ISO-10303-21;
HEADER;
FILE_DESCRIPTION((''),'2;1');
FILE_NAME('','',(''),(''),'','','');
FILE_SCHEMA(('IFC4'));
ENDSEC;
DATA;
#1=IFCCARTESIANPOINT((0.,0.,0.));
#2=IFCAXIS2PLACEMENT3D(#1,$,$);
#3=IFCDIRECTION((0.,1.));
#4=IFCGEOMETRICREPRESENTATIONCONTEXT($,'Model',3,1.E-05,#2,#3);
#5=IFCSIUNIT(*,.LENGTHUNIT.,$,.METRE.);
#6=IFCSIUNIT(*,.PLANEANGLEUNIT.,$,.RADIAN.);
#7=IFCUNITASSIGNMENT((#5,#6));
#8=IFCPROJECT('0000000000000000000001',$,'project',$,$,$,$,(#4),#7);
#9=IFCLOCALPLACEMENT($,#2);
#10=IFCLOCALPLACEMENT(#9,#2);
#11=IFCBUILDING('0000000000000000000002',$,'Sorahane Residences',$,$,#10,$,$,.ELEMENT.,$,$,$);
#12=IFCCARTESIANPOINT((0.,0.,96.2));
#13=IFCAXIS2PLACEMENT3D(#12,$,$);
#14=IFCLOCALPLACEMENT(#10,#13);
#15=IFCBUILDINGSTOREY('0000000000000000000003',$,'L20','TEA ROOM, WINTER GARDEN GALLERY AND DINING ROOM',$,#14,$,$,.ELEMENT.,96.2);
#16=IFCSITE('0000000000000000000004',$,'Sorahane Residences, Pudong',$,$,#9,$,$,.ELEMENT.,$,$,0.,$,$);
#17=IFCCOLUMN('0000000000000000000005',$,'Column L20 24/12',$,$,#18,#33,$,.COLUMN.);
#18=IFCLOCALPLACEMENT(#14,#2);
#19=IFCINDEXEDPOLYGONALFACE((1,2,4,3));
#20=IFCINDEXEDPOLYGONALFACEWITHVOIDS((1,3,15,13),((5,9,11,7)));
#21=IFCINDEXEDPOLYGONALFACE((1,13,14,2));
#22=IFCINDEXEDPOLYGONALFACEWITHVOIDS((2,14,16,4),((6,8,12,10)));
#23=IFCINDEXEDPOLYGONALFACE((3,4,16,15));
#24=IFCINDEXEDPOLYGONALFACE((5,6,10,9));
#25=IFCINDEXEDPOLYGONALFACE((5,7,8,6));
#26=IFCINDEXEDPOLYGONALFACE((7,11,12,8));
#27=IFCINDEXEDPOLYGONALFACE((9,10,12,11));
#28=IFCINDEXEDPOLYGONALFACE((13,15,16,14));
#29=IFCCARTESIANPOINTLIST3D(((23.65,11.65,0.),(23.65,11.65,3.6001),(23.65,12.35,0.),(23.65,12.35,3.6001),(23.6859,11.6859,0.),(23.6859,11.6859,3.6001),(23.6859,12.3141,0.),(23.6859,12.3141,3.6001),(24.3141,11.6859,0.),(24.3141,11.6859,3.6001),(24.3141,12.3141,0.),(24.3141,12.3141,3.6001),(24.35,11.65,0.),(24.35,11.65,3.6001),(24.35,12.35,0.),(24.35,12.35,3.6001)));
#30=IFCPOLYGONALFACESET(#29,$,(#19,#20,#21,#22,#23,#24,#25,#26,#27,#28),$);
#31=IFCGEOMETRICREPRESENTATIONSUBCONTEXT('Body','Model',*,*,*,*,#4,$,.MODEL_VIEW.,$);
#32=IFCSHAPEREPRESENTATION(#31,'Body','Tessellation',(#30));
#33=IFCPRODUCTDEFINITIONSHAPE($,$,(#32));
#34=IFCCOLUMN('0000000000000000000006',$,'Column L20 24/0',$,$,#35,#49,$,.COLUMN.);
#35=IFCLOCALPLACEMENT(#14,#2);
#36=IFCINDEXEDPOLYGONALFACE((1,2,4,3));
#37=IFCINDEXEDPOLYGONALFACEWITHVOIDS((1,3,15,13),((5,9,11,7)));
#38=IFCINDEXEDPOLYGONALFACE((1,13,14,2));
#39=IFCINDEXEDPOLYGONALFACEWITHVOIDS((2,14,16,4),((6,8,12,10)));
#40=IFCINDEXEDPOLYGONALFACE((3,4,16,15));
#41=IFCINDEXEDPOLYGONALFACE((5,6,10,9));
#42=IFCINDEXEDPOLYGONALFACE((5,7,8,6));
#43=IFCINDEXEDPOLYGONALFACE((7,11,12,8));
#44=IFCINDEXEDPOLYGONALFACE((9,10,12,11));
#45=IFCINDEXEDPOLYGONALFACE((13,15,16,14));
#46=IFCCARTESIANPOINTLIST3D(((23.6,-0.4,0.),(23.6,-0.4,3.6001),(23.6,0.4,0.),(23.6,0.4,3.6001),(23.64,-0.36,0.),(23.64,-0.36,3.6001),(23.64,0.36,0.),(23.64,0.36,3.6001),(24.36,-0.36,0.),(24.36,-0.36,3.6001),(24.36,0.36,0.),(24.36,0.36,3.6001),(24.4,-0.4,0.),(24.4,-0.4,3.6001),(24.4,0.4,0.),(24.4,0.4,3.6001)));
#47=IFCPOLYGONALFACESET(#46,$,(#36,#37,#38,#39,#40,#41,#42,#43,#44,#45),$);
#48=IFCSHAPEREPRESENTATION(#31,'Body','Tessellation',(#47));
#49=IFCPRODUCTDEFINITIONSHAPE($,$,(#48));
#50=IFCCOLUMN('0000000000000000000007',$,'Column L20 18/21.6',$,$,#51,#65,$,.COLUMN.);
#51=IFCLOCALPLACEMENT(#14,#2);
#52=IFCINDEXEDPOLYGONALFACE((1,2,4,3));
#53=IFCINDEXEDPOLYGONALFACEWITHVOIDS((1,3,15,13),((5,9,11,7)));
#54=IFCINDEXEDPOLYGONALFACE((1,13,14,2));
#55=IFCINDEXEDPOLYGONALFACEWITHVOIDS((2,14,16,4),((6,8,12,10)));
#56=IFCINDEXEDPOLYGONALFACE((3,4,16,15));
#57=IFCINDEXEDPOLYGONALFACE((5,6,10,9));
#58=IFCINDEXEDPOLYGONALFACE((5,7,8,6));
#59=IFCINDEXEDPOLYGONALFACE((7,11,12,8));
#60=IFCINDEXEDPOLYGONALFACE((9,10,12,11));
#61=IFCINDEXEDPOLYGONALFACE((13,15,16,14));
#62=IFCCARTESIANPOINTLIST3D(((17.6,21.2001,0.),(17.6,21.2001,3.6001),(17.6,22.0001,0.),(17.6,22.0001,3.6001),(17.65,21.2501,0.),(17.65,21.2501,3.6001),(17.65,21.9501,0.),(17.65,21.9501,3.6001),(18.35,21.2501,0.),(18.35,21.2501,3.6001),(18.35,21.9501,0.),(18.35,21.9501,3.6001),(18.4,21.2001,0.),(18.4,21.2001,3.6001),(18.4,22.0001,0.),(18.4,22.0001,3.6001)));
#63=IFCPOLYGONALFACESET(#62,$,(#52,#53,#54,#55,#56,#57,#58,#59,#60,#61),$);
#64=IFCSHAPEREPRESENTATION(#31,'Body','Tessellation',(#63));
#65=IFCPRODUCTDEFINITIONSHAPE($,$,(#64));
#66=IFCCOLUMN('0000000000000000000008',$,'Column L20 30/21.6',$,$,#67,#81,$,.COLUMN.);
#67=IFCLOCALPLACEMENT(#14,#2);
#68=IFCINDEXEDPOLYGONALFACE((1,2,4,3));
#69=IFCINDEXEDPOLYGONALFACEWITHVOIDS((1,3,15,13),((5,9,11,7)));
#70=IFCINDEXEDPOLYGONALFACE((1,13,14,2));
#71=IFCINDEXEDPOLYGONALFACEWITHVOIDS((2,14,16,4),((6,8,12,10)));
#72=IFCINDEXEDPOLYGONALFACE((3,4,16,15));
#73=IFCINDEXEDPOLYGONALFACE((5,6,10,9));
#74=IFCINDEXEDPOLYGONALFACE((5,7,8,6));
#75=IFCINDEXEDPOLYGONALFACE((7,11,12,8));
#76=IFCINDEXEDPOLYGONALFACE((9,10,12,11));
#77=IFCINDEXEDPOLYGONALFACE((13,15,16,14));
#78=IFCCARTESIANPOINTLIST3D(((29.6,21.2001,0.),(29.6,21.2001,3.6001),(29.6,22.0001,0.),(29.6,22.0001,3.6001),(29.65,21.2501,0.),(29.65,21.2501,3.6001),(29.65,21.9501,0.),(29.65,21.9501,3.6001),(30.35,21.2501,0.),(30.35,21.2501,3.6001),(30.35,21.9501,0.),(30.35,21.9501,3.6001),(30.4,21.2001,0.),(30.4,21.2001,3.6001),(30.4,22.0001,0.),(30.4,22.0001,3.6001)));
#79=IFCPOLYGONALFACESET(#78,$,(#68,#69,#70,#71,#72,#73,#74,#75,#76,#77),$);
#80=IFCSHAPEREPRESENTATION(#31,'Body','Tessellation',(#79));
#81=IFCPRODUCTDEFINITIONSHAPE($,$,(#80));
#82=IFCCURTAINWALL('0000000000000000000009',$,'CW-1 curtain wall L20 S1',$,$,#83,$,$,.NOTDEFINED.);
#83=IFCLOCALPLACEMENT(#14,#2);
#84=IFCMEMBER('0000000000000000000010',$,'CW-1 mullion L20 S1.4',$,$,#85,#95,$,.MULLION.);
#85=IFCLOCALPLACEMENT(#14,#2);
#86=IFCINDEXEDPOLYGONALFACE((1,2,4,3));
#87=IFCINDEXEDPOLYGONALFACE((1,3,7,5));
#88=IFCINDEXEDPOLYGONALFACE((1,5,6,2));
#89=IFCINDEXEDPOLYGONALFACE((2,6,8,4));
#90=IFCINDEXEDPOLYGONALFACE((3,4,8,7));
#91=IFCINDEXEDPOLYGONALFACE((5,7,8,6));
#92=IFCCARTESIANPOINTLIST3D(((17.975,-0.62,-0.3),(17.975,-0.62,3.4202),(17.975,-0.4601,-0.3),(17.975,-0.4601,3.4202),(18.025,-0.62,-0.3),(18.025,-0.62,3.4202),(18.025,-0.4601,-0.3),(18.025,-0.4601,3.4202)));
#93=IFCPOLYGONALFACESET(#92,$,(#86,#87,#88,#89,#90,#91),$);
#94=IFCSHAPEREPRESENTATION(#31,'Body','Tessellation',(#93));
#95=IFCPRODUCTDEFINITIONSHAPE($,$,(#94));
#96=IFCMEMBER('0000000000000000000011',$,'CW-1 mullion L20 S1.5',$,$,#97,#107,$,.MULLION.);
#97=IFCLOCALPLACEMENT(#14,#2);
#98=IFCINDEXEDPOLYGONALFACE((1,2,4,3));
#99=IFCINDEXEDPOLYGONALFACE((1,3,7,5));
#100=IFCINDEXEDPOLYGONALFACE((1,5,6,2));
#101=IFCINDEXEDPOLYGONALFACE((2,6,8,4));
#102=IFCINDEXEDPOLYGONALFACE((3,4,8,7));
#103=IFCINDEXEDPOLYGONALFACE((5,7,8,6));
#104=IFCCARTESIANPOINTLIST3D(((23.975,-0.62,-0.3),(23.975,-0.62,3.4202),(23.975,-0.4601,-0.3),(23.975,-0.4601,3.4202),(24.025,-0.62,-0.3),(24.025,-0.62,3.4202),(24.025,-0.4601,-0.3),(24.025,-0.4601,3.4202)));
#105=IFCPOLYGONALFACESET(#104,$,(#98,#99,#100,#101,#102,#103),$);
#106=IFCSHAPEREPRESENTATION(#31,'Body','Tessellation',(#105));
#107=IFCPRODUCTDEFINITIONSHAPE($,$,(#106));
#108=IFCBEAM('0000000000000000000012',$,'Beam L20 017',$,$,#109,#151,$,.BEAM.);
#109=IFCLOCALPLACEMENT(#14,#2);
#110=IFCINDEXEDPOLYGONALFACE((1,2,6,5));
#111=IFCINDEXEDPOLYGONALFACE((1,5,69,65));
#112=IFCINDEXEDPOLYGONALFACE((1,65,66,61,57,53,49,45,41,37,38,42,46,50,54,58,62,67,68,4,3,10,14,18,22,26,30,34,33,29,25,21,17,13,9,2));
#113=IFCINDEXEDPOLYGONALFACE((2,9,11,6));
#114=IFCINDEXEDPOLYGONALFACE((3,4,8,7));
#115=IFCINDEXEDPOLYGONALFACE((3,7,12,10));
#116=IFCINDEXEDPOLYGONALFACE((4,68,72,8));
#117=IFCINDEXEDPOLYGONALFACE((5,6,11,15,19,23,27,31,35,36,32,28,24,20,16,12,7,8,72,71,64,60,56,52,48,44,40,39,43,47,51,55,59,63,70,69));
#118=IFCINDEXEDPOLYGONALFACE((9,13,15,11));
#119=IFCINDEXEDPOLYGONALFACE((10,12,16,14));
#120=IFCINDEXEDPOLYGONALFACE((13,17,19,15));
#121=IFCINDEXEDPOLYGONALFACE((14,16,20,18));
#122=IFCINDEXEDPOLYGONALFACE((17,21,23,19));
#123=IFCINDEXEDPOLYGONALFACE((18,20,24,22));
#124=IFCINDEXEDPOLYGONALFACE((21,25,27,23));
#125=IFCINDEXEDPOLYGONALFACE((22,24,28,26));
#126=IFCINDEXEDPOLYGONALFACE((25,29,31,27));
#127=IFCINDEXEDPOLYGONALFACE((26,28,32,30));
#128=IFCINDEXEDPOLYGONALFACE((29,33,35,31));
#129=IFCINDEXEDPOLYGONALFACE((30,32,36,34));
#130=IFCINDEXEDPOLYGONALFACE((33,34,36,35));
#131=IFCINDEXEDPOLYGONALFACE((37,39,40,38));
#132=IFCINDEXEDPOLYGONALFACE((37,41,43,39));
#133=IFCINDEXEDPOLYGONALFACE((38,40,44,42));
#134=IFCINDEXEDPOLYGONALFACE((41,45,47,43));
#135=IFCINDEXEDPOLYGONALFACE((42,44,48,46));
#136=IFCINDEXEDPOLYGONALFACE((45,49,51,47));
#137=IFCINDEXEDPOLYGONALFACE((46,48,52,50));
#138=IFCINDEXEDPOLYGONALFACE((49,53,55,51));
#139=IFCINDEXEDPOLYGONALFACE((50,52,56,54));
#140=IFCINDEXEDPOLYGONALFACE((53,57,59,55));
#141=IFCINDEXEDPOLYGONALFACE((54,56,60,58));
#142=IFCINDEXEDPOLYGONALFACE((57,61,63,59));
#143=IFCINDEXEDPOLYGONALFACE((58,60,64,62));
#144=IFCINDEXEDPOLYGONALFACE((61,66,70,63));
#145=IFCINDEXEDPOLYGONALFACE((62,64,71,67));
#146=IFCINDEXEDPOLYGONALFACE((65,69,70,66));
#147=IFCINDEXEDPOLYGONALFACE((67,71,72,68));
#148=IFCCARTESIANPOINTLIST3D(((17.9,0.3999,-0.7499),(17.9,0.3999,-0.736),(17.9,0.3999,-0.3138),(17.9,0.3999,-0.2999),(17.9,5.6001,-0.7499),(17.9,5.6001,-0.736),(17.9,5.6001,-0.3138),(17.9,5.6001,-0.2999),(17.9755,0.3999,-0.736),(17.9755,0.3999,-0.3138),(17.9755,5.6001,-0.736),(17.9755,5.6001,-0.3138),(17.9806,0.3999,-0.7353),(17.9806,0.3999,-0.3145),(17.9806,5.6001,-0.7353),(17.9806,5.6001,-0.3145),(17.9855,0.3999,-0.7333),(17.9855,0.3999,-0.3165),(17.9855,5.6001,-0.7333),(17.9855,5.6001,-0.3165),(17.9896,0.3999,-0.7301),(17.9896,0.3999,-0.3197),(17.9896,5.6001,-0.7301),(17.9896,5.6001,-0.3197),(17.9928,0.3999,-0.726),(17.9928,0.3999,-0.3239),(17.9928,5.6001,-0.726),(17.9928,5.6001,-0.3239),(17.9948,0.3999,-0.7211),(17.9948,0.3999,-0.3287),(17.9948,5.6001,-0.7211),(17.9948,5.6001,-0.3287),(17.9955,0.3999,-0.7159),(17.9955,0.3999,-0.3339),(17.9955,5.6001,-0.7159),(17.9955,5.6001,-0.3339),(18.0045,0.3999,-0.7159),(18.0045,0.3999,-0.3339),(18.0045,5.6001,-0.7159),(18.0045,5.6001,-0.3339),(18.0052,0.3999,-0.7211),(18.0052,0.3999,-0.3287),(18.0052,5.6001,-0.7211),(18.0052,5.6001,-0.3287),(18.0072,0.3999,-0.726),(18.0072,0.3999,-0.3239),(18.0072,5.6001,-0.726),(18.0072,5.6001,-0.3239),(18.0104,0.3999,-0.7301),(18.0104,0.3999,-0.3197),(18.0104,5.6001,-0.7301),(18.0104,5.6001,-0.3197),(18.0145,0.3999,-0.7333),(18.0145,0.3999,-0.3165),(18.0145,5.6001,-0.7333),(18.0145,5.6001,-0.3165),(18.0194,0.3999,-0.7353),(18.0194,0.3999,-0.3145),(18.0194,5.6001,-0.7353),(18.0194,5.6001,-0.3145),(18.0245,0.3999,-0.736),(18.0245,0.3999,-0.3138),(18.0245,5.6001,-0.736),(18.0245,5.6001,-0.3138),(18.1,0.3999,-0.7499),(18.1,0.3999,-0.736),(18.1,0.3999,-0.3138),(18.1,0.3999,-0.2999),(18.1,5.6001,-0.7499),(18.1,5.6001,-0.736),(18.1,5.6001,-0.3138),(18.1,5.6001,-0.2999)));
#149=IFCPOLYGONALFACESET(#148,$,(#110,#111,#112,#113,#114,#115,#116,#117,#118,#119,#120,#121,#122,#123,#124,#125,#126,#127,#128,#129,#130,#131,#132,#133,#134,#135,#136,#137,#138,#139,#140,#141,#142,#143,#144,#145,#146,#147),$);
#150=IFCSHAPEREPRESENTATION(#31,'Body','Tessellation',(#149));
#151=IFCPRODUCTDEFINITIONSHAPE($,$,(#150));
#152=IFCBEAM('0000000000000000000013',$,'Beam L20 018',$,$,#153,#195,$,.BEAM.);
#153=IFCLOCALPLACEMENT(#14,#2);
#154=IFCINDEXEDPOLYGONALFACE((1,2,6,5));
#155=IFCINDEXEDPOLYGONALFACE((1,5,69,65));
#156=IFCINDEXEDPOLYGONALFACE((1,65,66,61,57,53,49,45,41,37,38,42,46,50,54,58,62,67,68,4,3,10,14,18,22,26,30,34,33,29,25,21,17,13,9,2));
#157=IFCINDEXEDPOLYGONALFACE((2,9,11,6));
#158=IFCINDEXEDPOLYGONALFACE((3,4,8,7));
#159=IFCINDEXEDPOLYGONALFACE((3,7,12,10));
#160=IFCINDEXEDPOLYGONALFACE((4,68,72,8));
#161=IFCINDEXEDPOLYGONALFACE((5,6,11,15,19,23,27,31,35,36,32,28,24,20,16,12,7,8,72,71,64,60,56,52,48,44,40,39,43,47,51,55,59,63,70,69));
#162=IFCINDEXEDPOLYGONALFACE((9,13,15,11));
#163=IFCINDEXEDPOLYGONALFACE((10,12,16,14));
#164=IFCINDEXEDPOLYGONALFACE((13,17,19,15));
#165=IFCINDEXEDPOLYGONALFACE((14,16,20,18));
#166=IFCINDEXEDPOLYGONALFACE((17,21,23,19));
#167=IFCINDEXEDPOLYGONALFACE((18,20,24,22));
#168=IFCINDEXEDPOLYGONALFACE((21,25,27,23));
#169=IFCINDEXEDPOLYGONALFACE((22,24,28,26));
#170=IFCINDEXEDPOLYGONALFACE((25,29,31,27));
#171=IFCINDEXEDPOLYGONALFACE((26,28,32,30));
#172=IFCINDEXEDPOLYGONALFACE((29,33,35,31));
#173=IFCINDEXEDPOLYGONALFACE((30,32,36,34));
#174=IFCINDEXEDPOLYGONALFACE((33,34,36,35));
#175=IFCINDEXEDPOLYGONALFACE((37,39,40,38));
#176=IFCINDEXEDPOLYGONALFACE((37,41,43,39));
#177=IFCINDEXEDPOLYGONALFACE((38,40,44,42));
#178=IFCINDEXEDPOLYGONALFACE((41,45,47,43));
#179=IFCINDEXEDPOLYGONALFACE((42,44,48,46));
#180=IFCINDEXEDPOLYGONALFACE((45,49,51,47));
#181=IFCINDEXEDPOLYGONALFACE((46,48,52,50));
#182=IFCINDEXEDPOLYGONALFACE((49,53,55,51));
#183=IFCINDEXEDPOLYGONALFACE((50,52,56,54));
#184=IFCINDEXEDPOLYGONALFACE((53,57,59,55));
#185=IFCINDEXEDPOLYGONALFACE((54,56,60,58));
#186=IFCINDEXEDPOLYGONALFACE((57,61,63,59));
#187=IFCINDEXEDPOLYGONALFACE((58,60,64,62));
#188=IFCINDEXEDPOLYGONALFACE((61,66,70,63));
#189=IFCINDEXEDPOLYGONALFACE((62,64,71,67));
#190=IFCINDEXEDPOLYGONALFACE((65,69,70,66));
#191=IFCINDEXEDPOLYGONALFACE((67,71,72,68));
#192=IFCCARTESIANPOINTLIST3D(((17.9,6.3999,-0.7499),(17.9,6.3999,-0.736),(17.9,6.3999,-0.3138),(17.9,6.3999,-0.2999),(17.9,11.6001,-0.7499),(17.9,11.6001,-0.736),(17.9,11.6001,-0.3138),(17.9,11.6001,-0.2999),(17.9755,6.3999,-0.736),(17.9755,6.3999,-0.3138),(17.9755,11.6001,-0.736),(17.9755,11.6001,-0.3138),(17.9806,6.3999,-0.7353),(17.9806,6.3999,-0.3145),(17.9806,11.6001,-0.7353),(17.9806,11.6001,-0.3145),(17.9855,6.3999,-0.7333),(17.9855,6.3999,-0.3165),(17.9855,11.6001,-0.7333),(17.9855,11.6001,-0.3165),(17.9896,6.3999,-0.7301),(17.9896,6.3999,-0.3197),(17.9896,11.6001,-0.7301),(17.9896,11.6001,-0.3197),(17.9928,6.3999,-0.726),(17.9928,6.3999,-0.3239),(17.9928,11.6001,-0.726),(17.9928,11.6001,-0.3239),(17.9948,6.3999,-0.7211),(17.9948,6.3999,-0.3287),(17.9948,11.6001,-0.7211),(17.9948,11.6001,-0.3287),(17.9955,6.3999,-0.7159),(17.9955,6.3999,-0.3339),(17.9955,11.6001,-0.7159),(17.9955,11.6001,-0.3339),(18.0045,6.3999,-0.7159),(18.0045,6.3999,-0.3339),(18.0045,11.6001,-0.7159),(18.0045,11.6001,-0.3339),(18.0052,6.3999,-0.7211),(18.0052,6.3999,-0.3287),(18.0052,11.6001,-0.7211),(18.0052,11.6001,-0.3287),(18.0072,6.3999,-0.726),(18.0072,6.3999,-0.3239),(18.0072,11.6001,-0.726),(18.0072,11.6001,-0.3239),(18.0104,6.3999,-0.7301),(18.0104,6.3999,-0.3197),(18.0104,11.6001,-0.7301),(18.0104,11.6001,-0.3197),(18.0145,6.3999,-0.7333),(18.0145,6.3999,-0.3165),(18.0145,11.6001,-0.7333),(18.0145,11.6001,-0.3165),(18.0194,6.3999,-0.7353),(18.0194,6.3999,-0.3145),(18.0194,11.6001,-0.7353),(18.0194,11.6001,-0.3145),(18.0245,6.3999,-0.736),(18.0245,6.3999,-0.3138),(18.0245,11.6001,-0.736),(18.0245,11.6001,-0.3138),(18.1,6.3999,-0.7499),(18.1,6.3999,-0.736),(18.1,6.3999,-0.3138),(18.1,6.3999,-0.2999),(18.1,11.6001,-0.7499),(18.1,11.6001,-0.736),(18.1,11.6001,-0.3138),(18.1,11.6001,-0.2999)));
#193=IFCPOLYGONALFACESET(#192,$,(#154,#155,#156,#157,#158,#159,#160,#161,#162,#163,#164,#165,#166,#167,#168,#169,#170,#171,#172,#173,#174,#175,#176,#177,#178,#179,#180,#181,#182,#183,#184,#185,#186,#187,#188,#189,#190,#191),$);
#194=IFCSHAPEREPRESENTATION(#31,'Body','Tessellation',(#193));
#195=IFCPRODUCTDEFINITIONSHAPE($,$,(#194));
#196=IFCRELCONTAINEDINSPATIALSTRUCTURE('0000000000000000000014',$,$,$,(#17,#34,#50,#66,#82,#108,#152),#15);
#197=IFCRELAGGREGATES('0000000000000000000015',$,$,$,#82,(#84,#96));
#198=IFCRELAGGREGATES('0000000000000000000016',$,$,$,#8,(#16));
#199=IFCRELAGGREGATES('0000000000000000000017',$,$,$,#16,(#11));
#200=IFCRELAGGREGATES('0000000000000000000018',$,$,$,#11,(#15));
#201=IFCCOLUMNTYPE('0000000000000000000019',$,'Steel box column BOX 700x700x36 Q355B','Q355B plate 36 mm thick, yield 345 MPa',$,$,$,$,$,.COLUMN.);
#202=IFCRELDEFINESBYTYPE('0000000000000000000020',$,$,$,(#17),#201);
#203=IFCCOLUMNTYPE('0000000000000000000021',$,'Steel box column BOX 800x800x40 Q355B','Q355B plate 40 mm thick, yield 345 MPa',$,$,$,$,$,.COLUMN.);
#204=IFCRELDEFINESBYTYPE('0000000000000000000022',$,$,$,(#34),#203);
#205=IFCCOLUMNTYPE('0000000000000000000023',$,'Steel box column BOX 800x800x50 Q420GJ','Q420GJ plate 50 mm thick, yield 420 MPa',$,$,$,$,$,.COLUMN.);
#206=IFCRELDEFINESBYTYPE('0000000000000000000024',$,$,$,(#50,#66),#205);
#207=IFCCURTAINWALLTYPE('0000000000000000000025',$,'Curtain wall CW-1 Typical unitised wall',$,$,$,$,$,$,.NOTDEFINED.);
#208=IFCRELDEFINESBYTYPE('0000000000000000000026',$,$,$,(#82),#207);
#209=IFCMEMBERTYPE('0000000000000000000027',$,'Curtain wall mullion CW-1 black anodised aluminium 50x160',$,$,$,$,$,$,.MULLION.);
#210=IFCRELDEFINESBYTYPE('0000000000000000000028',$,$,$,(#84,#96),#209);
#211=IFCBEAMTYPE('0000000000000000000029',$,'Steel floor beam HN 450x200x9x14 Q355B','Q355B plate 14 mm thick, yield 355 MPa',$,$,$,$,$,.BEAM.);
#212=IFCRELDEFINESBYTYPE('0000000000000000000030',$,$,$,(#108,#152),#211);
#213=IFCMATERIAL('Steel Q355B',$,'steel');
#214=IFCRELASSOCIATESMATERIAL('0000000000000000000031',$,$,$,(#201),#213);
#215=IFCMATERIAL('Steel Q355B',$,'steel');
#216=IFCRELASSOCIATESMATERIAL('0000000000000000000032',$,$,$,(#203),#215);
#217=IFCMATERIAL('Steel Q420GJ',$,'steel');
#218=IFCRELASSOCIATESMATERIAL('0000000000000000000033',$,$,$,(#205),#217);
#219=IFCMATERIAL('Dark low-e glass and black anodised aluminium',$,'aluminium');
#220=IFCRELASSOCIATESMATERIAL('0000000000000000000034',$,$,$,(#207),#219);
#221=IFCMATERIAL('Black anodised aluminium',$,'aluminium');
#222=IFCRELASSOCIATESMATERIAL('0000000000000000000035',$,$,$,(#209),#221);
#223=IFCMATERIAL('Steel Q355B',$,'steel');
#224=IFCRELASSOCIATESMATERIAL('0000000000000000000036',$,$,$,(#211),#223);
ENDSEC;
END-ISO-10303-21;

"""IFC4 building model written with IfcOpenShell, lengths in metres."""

from ifc_helpers import new_model, si_unit, direction, frame, origin, origin_2d, place, context, subcontext, project, spatial, rectangle, hollow_rectangle, i_section, extrude, material, material_profile, profile_set, type_object, element, aggregate, save


model = new_model("IFC4")

# Units and contexts
model_context = context("Model", 3, precision=1e-05, world=origin(), true_north=direction((0.0, 1.0)))
body_context = subcontext(model_context, "Body", "Model", "MODEL_VIEW")
ifc_project = project(units=[si_unit("LENGTHUNIT", "METRE"), si_unit("PLANEANGLEUNIT", "RADIAN")], contexts=[model_context])

# Site, building, storey
site_placement = place(None, origin())
site = spatial("IfcSite", under=ifc_project, at=site_placement, Name="Sorahane Residences, Pudong", CompositionType="ELEMENT", RefElevation=0.0)
building_placement = place(site_placement, origin())
building = spatial("IfcBuilding", under=site, at=building_placement, Name="Sorahane Residences", CompositionType="ELEMENT")
storey_placement = place(building_placement, frame((0.0, 0.0, 96.2)))
storey = spatial("IfcBuildingStorey", under=building, at=storey_placement, Name="L20", Description="TEA ROOM, WINTER GARDEN GALLERY AND DINING ROOM", CompositionType="ELEMENT", Elevation=96.2)

# Columns
ifc_material_1 = material(Name="Steel Q355B", Category="steel")
ifc_material_profile_1 = material_profile(ifc_material_1, hollow_rectangle(XDim=0.7, YDim=0.7, WallThickness=0.0359, at=origin_2d()), Name="BOX 700x700x36")
ifc_profile_set_1 = profile_set([ifc_material_profile_1], Name="Steel Q355B")
column_type_1 = type_object("IfcColumnType", Name="Steel box column BOX 700x700x36 Q355B", Description="Q355B plate 36 mm thick, yield 345 MPa", PredefinedType="COLUMN", material=ifc_profile_set_1)
column_1_placement = place(storey_placement, frame((24.0, 12.0, 0.0), z_axis=(0.0, 0.0, 1.0), x_axis=(1.0, 0.0, 0.0)))
element("IfcColumn", 1, at=column_1_placement, inside=storey, type_object=column_type_1, Name="Column L20 24/12", PredefinedType="COLUMN", context=body_context, shape_type="SweptSolid", body=[
    extrude(hollow_rectangle(XDim=0.7, YDim=0.7, WallThickness=0.0359, at=origin_2d()), origin(), (0.0, 0.0, 1.0), 3.6001),
])
ifc_material_2 = material(Name="Steel Q355B", Category="steel")
ifc_material_profile_2 = material_profile(ifc_material_2, hollow_rectangle(XDim=0.8, YDim=0.8, WallThickness=0.04, at=origin_2d()), Name="BOX 800x800x40")
ifc_profile_set_2 = profile_set([ifc_material_profile_2], Name="Steel Q355B")
column_type_2 = type_object("IfcColumnType", Name="Steel box column BOX 800x800x40 Q355B", Description="Q355B plate 40 mm thick, yield 345 MPa", PredefinedType="COLUMN", material=ifc_profile_set_2)
column_2_placement = place(storey_placement, frame((24.0, 0.0, 0.0), z_axis=(0.0, 0.0, 1.0), x_axis=(1.0, 0.0, 0.0)))
element("IfcColumn", 2, at=column_2_placement, inside=storey, type_object=column_type_2, Name="Column L20 24/0", PredefinedType="COLUMN", context=body_context, shape_type="SweptSolid", body=[
    extrude(hollow_rectangle(XDim=0.8, YDim=0.8, WallThickness=0.04, at=origin_2d()), origin(), (0.0, 0.0, 1.0), 3.6001),
])
ifc_material_3 = material(Name="Steel Q420GJ", Category="steel")
ifc_material_profile_3 = material_profile(ifc_material_3, hollow_rectangle(XDim=0.8, YDim=0.8, WallThickness=0.05, at=origin_2d()), Name="BOX 800x800x50")
ifc_profile_set_3 = profile_set([ifc_material_profile_3], Name="Steel Q420GJ")
column_type_3 = type_object("IfcColumnType", Name="Steel box column BOX 800x800x50 Q420GJ", Description="Q420GJ plate 50 mm thick, yield 420 MPa", PredefinedType="COLUMN", material=ifc_profile_set_3)
for number, where, z_axis, x_axis, name in (
    (3, (18.0, 21.6001, 0.0), (0.0, 0.0, 1.0), (1.0, 0.0, 0.0), "Column L20 18/21.6"),
    (4, (30.0, 21.6001, 0.0), (0.0, 0.0, 1.0), (1.0, 0.0, 0.0), "Column L20 30/21.6"),
):
    element("IfcColumn", number, at=place(storey_placement, frame(where, z_axis=z_axis, x_axis=x_axis)), inside=storey, type_object=column_type_3, Name=name, PredefinedType="COLUMN", context=body_context, shape_type="SweptSolid", body=[
        extrude(hollow_rectangle(XDim=0.8, YDim=0.8, WallThickness=0.05, at=origin_2d()), origin(), (0.0, 0.0, 1.0), 3.6001),
    ])

# Curtain wall, members
ifc_material_4 = material(Name="Dark low-e glass and black anodised aluminium", Category="aluminium")
curtain_wall_type = type_object("IfcCurtainWallType", Name="Curtain wall CW-1 Typical unitised wall", PredefinedType="NOTDEFINED", material=ifc_material_4)
curtain_wall_placement = place(storey_placement, origin())
curtain_wall = element("IfcCurtainWall", 5, at=curtain_wall_placement, inside=storey, type_object=curtain_wall_type, Name="CW-1 curtain wall L20 S1", PredefinedType="NOTDEFINED")
ifc_material_5 = material(Name="Black anodised aluminium", Category="aluminium")
ifc_material_profile_4 = material_profile(ifc_material_5, rectangle(XDim=0.1599, YDim=0.05, at=origin_2d()), Name="Curtain wall mullion CW-1 black anodised aluminium 50x160")
ifc_profile_set_4 = profile_set([ifc_material_profile_4], Name="Black anodised aluminium")
member_type = type_object("IfcMemberType", Name="Curtain wall mullion CW-1 black anodised aluminium 50x160", PredefinedType="MULLION", material=ifc_profile_set_4)
member_1_placement = place(storey_placement, frame((18.0, -0.54, -0.3), z_axis=(0.0, 0.0, 1.0), x_axis=(0.0, -1.0, 0.0)))
member_1 = element("IfcMember", 6, at=member_1_placement, type_object=member_type, Name="CW-1 mullion L20 S1.4", PredefinedType="MULLION", context=body_context, shape_type="SweptSolid", body=[
    extrude(rectangle(XDim=0.1599, YDim=0.05, at=origin_2d()), origin(), (0.0, 0.0, 1.0), 3.7202),
])
member_2_placement = place(storey_placement, frame((24.0, -0.54, -0.3), z_axis=(0.0, 0.0, 1.0), x_axis=(0.0, -1.0, 0.0)))
member_2 = element("IfcMember", 7, at=member_2_placement, type_object=member_type, Name="CW-1 mullion L20 S1.5", PredefinedType="MULLION", context=body_context, shape_type="SweptSolid", body=[
    extrude(rectangle(XDim=0.1599, YDim=0.05, at=origin_2d()), origin(), (0.0, 0.0, 1.0), 3.7202),
])

# Beams
ifc_material_6 = material(Name="Steel Q355B", Category="steel")
ifc_material_profile_5 = material_profile(ifc_material_6, i_section(OverallWidth=0.2, OverallDepth=0.45, WebThickness=0.009, FlangeThickness=0.0139, FilletRadius=0.02, at=origin_2d()), Name="HN 450x200x9x14")
ifc_profile_set_5 = profile_set([ifc_material_profile_5], Name="Steel Q355B")
beam_type_1 = type_object("IfcBeamType", Name="Steel floor beam HN 450x200x9x14 Q355B", Description="Q355B plate 14 mm thick, yield 355 MPa", PredefinedType="BEAM", material=ifc_profile_set_5)
for number, where, z_axis, x_axis, name in (
    (8, (18.0, 0.3999, -0.5249), (0.0, 1.0, 0.0), (-1.0, 0.0, 0.0), "Beam L20 017"),
    (9, (18.0, 6.3999, -0.5249), (0.0, 1.0, 0.0), (-1.0, 0.0, 0.0), "Beam L20 018"),
):
    element("IfcBeam", number, at=place(storey_placement, frame(where, z_axis=z_axis, x_axis=x_axis)), inside=storey, type_object=beam_type_1, Name=name, PredefinedType="BEAM", context=body_context, shape_type="SweptSolid", body=[
        extrude(i_section(OverallWidth=0.2, OverallDepth=0.45, WebThickness=0.009, FlangeThickness=0.0139, FilletRadius=0.02, at=origin_2d()), origin(), (0.0, 0.0, 1.0), 5.2002),
    ])

aggregate(curtain_wall, [member_1, member_2])

save(model, "model.ifc")
